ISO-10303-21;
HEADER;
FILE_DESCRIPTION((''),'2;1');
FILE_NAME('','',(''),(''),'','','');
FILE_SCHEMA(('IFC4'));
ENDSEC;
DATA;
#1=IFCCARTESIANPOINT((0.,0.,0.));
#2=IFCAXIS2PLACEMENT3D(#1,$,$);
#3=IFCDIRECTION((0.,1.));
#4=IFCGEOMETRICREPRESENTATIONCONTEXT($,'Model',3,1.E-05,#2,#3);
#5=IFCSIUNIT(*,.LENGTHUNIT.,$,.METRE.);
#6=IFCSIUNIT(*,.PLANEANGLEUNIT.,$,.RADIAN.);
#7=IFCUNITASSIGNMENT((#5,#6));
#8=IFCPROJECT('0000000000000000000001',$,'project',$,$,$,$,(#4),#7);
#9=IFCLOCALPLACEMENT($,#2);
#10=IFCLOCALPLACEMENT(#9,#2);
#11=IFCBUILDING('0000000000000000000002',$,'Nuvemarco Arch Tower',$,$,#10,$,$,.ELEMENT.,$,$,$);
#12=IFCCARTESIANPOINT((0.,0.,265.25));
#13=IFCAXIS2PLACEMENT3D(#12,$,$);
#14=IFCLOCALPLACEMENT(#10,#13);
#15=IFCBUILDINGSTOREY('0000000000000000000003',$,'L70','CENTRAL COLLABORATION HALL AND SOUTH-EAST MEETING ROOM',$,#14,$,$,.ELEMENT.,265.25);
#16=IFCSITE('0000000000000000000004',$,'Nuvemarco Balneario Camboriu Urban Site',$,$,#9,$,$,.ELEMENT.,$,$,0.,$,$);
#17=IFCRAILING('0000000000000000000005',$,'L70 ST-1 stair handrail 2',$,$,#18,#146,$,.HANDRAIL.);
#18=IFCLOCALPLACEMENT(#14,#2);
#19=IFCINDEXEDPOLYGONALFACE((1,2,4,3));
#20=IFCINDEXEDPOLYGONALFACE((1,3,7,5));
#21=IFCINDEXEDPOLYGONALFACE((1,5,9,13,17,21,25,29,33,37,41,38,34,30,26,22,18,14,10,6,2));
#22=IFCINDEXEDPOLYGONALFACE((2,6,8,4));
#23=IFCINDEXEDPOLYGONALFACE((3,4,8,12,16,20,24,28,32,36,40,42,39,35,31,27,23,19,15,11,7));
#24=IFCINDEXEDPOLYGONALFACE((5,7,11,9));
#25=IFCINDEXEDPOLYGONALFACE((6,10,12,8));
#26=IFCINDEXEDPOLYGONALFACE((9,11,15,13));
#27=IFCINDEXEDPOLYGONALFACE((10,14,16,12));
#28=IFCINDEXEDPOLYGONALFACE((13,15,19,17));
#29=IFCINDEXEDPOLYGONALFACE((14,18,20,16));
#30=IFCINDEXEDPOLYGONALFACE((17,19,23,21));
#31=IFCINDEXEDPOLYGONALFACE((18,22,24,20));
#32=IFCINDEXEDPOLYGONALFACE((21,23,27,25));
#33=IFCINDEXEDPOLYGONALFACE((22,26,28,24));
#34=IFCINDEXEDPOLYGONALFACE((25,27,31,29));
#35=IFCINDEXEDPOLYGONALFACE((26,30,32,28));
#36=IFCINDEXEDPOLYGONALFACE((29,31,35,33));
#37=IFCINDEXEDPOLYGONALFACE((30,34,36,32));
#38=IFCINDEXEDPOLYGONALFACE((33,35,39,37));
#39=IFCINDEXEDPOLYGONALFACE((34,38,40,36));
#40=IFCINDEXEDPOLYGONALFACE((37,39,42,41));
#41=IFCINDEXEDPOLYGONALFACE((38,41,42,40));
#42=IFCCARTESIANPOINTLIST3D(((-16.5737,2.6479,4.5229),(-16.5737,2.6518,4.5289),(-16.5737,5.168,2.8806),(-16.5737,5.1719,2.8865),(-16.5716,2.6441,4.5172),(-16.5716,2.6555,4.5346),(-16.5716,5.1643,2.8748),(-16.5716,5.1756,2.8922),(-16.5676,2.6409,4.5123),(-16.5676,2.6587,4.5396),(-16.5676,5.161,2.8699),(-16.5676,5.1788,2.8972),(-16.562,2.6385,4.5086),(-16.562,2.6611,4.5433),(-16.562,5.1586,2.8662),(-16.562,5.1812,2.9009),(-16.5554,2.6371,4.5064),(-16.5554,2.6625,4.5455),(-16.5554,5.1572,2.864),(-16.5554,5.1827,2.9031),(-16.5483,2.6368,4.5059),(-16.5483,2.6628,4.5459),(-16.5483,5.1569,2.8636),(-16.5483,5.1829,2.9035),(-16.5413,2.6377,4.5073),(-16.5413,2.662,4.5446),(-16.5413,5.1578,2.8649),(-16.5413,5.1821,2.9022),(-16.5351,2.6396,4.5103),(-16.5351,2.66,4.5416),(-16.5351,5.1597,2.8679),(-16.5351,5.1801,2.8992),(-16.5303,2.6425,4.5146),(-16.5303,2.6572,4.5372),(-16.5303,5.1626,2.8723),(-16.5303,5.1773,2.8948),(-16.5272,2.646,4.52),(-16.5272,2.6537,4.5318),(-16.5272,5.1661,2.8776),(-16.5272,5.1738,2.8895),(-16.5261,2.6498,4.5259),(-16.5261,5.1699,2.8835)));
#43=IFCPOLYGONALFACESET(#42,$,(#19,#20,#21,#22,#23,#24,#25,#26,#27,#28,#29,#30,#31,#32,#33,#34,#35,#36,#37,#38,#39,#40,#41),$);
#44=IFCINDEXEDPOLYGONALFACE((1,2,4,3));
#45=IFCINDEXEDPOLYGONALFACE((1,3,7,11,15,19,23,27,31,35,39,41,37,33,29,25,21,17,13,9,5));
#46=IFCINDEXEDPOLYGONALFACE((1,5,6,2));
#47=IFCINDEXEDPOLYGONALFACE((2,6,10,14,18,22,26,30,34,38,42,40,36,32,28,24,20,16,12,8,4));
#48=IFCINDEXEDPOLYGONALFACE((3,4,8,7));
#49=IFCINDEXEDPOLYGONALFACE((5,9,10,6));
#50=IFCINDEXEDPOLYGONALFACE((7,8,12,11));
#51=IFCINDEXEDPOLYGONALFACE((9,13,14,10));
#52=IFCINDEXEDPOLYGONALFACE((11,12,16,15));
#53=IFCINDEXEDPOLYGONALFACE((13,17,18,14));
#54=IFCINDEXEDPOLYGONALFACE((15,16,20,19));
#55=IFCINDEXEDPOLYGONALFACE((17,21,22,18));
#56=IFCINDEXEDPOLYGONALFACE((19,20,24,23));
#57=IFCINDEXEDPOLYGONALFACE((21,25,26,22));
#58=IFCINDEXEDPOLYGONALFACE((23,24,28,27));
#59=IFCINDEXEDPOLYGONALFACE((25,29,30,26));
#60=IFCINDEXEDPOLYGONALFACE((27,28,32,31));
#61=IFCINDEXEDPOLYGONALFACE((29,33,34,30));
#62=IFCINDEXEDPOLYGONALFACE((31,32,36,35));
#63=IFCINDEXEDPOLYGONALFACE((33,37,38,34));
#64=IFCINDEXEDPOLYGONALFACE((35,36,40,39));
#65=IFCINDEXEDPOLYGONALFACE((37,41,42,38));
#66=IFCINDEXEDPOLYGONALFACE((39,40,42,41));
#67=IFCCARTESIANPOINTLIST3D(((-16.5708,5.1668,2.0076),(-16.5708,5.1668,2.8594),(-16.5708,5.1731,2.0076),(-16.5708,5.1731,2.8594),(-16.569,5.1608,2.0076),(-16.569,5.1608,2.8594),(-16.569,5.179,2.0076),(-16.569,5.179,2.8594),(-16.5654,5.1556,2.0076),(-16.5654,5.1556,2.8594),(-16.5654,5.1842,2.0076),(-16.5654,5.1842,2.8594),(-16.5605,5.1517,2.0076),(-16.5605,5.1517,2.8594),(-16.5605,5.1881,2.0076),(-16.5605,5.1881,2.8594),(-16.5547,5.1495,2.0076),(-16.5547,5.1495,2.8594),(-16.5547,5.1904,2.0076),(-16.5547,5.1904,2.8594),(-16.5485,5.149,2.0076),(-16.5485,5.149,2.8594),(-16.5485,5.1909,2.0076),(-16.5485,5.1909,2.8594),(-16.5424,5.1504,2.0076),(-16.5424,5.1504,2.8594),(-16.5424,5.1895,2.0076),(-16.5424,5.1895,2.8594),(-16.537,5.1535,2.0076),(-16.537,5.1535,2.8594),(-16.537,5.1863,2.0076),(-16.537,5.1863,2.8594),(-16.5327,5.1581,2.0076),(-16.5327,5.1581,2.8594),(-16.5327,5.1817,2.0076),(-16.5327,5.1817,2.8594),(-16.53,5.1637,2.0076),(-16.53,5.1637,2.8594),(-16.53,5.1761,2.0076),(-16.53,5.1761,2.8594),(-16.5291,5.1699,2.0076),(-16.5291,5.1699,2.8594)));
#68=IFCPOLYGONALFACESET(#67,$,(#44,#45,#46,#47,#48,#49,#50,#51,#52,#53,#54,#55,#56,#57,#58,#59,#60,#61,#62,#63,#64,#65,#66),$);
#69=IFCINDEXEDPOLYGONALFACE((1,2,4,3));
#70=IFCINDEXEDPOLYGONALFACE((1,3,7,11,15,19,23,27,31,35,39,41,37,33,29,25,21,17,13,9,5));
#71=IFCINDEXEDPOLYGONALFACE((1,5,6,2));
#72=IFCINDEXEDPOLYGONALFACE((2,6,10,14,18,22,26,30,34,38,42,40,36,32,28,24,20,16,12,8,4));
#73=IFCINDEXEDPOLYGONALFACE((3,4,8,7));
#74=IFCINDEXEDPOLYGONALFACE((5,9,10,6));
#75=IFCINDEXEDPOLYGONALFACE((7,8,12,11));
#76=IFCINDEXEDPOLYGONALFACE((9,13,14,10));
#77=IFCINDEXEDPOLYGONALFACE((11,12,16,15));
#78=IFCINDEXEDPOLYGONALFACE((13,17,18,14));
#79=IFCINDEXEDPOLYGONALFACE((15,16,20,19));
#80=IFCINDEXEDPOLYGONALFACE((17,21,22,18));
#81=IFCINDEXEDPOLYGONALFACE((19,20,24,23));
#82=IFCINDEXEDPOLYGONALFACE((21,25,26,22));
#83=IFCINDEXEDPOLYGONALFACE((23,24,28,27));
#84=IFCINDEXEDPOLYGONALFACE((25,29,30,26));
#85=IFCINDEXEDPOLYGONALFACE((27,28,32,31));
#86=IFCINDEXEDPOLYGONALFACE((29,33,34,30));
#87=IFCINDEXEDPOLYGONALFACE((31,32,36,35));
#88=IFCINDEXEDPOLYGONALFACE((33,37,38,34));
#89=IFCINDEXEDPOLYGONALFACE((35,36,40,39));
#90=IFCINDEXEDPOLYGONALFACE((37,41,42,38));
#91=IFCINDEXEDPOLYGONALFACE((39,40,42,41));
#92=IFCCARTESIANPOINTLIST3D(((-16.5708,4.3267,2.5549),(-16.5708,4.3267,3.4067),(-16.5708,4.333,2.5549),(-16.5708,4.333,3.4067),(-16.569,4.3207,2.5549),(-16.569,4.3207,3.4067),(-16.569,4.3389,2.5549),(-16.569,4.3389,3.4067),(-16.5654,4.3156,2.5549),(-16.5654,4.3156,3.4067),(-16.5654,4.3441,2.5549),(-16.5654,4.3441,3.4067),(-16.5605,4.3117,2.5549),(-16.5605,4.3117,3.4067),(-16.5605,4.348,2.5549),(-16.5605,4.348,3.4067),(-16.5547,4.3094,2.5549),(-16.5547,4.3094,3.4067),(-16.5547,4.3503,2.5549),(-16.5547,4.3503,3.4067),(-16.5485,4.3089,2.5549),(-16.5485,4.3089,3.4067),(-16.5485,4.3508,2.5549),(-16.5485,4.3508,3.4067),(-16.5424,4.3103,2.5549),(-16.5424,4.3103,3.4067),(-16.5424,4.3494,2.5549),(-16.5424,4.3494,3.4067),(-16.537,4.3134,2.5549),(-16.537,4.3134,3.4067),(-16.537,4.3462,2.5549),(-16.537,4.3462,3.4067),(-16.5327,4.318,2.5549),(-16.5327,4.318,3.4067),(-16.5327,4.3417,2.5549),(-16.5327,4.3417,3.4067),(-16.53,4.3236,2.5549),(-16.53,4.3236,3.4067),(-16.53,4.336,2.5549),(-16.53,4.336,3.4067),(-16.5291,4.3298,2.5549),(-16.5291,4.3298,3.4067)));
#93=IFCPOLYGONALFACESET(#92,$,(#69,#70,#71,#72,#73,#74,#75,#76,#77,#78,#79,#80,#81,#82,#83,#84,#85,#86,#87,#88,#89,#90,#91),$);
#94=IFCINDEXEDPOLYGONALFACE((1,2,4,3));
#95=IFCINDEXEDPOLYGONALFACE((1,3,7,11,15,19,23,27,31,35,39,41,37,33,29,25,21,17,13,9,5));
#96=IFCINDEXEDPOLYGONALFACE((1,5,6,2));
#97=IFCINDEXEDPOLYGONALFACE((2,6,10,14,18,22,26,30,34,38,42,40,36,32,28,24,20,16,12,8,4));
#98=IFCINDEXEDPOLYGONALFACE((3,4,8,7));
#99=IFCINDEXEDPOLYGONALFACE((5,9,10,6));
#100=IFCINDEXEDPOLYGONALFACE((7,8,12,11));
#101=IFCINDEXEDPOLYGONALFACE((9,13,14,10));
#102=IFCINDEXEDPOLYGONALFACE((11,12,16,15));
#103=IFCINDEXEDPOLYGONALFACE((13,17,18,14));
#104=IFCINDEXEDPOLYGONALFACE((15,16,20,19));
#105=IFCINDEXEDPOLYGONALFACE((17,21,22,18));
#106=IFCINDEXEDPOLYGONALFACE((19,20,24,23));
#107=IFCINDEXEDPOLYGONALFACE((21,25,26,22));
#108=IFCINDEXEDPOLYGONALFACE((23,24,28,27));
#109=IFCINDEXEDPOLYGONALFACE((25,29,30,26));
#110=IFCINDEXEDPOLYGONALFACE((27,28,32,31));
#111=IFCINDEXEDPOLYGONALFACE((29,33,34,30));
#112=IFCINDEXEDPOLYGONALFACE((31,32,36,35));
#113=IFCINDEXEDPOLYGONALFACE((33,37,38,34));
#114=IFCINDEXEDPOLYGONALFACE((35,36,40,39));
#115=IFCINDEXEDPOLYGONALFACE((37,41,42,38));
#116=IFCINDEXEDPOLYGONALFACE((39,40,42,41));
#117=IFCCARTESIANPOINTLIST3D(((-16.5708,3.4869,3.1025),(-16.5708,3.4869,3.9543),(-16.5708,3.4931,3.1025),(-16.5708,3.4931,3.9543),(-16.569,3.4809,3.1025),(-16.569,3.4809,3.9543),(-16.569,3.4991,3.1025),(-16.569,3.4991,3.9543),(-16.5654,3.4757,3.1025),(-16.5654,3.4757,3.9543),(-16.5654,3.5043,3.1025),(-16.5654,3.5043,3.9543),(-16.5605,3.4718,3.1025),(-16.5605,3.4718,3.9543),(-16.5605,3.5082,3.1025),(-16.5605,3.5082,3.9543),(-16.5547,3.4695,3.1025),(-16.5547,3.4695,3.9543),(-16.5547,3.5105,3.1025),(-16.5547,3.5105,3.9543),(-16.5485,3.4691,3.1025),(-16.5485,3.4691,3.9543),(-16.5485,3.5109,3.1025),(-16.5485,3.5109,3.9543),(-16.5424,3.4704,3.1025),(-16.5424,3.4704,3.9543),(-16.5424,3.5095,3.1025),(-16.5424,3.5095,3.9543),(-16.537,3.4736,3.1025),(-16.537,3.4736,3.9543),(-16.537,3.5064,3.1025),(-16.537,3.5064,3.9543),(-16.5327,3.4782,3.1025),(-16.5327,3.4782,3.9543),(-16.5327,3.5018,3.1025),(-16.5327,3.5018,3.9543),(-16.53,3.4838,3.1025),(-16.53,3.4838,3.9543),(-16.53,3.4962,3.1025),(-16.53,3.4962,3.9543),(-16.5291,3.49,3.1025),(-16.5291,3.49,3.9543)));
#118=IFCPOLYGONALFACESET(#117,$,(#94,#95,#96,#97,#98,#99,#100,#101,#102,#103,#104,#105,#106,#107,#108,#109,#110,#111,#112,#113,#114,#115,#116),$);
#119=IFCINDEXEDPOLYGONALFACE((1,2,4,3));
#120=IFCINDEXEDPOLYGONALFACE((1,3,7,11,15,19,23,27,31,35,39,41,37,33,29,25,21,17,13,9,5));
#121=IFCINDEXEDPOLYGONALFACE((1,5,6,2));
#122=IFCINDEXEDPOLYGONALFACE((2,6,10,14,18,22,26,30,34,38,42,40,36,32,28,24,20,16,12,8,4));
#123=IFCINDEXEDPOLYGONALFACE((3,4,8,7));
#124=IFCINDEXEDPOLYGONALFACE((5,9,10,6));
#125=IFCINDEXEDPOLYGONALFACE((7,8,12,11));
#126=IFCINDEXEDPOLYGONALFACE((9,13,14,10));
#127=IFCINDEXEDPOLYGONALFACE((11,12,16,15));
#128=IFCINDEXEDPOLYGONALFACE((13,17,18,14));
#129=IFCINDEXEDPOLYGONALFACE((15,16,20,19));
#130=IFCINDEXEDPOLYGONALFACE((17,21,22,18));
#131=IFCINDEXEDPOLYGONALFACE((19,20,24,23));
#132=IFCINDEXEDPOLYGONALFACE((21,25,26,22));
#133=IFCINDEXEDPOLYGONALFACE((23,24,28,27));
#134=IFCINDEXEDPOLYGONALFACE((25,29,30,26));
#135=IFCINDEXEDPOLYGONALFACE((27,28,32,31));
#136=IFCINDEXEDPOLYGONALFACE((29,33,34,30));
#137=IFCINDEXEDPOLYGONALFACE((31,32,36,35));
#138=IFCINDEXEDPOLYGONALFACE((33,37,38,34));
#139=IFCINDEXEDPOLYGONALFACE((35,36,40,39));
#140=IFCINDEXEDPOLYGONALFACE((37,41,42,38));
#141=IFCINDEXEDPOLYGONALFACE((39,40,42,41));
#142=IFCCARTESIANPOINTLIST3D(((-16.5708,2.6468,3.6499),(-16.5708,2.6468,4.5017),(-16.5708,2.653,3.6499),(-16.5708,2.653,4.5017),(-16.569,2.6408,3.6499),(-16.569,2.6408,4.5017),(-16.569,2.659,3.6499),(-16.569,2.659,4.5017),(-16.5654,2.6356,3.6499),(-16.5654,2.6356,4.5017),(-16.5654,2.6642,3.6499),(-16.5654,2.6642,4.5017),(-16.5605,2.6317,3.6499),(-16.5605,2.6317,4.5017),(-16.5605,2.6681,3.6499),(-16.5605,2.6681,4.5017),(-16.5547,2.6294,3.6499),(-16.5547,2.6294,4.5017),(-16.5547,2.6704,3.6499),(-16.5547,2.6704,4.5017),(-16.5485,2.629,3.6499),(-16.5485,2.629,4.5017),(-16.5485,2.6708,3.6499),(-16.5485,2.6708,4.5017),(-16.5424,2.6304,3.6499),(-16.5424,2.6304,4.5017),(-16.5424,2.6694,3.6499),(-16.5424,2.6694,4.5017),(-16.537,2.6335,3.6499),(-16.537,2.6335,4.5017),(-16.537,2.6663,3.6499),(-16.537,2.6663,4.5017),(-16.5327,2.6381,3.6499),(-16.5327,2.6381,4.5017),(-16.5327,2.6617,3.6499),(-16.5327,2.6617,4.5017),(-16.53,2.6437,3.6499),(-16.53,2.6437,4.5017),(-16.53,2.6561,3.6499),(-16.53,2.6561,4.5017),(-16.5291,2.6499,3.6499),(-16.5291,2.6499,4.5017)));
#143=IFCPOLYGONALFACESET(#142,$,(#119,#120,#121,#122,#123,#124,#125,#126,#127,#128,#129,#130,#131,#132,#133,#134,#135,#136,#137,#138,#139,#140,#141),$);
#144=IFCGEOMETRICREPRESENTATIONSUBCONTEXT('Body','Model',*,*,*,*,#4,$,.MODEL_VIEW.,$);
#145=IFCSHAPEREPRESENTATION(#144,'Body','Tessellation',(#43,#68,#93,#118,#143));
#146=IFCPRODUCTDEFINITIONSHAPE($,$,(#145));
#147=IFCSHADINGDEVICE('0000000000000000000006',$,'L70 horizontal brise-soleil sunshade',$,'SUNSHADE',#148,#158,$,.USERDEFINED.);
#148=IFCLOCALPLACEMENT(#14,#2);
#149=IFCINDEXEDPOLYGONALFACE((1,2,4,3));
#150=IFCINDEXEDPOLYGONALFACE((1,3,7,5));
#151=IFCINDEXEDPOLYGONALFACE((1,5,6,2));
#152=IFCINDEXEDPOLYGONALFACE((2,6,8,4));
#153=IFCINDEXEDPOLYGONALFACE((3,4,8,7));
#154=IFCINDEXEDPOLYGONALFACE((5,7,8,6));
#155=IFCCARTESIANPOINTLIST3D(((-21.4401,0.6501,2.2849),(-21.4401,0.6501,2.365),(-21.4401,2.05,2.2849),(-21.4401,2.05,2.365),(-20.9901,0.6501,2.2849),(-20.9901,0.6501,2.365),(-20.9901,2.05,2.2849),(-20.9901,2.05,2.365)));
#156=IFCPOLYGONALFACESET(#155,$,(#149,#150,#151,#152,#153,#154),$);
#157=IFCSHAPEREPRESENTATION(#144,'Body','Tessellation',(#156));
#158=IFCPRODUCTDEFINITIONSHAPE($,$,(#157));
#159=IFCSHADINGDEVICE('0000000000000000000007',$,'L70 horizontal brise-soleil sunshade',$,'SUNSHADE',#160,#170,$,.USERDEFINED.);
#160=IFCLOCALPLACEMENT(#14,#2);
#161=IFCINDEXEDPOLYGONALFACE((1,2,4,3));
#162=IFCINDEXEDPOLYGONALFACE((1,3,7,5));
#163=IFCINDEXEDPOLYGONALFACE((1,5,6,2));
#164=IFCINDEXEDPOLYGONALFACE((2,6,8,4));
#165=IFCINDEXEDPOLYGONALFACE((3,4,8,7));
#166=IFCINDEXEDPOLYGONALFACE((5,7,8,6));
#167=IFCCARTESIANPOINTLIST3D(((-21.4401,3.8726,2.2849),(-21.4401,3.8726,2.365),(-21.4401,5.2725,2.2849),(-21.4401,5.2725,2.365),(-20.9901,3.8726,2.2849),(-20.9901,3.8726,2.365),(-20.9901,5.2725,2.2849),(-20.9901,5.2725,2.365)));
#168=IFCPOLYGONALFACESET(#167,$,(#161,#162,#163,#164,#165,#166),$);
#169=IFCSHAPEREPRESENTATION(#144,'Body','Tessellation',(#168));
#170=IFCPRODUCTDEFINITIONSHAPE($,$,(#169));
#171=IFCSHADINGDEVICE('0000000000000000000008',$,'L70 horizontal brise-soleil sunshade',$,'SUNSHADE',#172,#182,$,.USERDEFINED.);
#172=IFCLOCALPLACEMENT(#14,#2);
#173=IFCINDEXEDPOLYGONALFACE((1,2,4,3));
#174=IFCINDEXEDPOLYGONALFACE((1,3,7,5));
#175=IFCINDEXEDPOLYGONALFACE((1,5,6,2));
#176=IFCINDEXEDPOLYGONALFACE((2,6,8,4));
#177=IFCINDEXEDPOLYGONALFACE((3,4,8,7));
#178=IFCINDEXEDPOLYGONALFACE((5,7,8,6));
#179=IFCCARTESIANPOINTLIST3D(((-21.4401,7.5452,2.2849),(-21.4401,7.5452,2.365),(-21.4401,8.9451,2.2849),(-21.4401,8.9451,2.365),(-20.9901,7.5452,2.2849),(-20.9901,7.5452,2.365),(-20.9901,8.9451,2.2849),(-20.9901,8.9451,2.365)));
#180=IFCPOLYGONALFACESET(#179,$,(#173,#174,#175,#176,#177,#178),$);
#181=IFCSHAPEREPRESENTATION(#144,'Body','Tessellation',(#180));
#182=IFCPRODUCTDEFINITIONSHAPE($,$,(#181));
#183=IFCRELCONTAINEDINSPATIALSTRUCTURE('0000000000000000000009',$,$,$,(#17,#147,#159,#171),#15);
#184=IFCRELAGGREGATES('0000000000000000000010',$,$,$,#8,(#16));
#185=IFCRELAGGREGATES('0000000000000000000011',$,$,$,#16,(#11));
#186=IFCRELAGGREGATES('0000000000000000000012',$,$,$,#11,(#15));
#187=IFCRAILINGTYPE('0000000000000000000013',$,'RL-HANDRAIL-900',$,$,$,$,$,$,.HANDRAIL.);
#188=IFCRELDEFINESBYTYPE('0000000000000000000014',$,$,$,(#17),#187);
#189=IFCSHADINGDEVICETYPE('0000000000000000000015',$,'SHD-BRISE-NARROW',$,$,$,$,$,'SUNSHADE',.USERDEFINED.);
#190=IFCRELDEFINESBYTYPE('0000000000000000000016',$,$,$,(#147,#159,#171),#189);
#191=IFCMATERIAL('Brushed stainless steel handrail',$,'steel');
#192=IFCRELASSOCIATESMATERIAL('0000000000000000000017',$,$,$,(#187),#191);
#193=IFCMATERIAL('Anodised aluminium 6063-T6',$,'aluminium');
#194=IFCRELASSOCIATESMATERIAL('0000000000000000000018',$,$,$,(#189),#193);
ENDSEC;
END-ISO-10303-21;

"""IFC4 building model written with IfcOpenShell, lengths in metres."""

from ifc_helpers import new_model, si_unit, direction, frame, origin, origin_2d, place, context, subcontext, project, spatial, rectangle, circle, extrude, source, transform, mapped, material, type_object, type_shapes, element, save


model = new_model("IFC4")

# Units and contexts
model_context = context("Model", 3, precision=1e-05, world=origin(), true_north=direction((0.0, 1.0)))
body_context = subcontext(model_context, "Body", "Model", "MODEL_VIEW")
ifc_project = project(units=[si_unit("LENGTHUNIT", "METRE"), si_unit("PLANEANGLEUNIT", "RADIAN")], contexts=[model_context])

# Site, building, storey
site_placement = place(None, origin())
site = spatial("IfcSite", under=ifc_project, at=site_placement, Name="Nuvemarco Balneario Camboriu Urban Site", CompositionType="ELEMENT", RefElevation=0.0)
building_placement = place(site_placement, origin())
building = spatial("IfcBuilding", under=site, at=building_placement, Name="Nuvemarco Arch Tower", CompositionType="ELEMENT")
storey_placement = place(building_placement, frame((0.0, 0.0, 265.25)))
storey = spatial("IfcBuildingStorey", under=building, at=storey_placement, Name="L70", Description="CENTRAL COLLABORATION HALL AND SOUTH-EAST MEETING ROOM", CompositionType="ELEMENT", Elevation=265.25)

# Railing
ifc_material_1 = material(Name="Brushed stainless steel handrail", Category="steel")
railing_type = type_object("IfcRailingType", Name="RL-HANDRAIL-900", PredefinedType="HANDRAIL", material=ifc_material_1)
railing_placement = place(storey_placement, frame((-16.55, 5.1699, 2.0076)))
element("IfcRailing", 1, at=railing_placement, inside=storey, type_object=railing_type, Name="L70 ST-1 stair handrail 2", PredefinedType="HANDRAIL", context=body_context, shape_type="SweptSolid", body=[
    extrude(circle(Radius=0.0239, at=origin_2d()), frame((0.0, 0.0, 0.876), z_axis=(0.0, -0.837787, 0.545998), x_axis=(1.0, 0.0, 0.0)), (0.0, 0.0, 1.0), 3.0081),
    extrude(circle(Radius=0.021, at=origin_2d()), origin(), (0.0, 0.0, 1.0), 0.8518),
    extrude(circle(Radius=0.021, at=origin_2d()), frame((0.0, -0.8401, 0.5474)), (0.0, 0.0, 1.0), 0.8518),
    extrude(circle(Radius=0.021, at=origin_2d()), frame((0.0, -1.6799, 1.095)), (0.0, 0.0, 1.0), 0.8518),
    extrude(circle(Radius=0.021, at=origin_2d()), frame((0.0, -2.52, 1.6423)), (0.0, 0.0, 1.0), 0.8518),
])

# Shading devices
ifc_material_2 = material(Name="Anodised aluminium 6063-T6", Category="aluminium")
shading_device_type = type_object("IfcShadingDeviceType", Name="SHD-BRISE-NARROW", ElementType="SUNSHADE", PredefinedType="USERDEFINED", material=ifc_material_2)
shared_shape = source(origin(), body_context, "Body", "SweptSolid", [
    extrude(rectangle(XDim=1.3999, YDim=0.45, at=origin_2d()), origin(), (0.0, 0.0, 1.0), 0.0801),
])
type_shapes(shading_device_type, [shared_shape])
for number, where, z_axis, x_axis, name in (
    (2, (-21.2151, 1.3501, 2.2849), (0.0, 0.0, 1.0), (0.0, 1.0, 0.0), "L70 horizontal brise-soleil sunshade"),
    (3, (-21.2151, 4.5725, 2.2849), (0.0, 0.0, 1.0), (0.0, 1.0, 0.0), "L70 horizontal brise-soleil sunshade"),
    (4, (-21.2151, 8.2451, 2.2849), (0.0, 0.0, 1.0), (0.0, 1.0, 0.0), "L70 horizontal brise-soleil sunshade"),
):
    element("IfcShadingDevice", number, at=place(storey_placement, frame(where, z_axis=z_axis, x_axis=x_axis)), inside=storey, type_object=shading_device_type, Name=name, ObjectType="SUNSHADE", PredefinedType="USERDEFINED", context=body_context, shape_type="MappedRepresentation", body=[
        mapped(shared_shape, transform((0.0, 0.0, 0.0), scale=1.0)),
    ])

save(model, "model.ifc")
